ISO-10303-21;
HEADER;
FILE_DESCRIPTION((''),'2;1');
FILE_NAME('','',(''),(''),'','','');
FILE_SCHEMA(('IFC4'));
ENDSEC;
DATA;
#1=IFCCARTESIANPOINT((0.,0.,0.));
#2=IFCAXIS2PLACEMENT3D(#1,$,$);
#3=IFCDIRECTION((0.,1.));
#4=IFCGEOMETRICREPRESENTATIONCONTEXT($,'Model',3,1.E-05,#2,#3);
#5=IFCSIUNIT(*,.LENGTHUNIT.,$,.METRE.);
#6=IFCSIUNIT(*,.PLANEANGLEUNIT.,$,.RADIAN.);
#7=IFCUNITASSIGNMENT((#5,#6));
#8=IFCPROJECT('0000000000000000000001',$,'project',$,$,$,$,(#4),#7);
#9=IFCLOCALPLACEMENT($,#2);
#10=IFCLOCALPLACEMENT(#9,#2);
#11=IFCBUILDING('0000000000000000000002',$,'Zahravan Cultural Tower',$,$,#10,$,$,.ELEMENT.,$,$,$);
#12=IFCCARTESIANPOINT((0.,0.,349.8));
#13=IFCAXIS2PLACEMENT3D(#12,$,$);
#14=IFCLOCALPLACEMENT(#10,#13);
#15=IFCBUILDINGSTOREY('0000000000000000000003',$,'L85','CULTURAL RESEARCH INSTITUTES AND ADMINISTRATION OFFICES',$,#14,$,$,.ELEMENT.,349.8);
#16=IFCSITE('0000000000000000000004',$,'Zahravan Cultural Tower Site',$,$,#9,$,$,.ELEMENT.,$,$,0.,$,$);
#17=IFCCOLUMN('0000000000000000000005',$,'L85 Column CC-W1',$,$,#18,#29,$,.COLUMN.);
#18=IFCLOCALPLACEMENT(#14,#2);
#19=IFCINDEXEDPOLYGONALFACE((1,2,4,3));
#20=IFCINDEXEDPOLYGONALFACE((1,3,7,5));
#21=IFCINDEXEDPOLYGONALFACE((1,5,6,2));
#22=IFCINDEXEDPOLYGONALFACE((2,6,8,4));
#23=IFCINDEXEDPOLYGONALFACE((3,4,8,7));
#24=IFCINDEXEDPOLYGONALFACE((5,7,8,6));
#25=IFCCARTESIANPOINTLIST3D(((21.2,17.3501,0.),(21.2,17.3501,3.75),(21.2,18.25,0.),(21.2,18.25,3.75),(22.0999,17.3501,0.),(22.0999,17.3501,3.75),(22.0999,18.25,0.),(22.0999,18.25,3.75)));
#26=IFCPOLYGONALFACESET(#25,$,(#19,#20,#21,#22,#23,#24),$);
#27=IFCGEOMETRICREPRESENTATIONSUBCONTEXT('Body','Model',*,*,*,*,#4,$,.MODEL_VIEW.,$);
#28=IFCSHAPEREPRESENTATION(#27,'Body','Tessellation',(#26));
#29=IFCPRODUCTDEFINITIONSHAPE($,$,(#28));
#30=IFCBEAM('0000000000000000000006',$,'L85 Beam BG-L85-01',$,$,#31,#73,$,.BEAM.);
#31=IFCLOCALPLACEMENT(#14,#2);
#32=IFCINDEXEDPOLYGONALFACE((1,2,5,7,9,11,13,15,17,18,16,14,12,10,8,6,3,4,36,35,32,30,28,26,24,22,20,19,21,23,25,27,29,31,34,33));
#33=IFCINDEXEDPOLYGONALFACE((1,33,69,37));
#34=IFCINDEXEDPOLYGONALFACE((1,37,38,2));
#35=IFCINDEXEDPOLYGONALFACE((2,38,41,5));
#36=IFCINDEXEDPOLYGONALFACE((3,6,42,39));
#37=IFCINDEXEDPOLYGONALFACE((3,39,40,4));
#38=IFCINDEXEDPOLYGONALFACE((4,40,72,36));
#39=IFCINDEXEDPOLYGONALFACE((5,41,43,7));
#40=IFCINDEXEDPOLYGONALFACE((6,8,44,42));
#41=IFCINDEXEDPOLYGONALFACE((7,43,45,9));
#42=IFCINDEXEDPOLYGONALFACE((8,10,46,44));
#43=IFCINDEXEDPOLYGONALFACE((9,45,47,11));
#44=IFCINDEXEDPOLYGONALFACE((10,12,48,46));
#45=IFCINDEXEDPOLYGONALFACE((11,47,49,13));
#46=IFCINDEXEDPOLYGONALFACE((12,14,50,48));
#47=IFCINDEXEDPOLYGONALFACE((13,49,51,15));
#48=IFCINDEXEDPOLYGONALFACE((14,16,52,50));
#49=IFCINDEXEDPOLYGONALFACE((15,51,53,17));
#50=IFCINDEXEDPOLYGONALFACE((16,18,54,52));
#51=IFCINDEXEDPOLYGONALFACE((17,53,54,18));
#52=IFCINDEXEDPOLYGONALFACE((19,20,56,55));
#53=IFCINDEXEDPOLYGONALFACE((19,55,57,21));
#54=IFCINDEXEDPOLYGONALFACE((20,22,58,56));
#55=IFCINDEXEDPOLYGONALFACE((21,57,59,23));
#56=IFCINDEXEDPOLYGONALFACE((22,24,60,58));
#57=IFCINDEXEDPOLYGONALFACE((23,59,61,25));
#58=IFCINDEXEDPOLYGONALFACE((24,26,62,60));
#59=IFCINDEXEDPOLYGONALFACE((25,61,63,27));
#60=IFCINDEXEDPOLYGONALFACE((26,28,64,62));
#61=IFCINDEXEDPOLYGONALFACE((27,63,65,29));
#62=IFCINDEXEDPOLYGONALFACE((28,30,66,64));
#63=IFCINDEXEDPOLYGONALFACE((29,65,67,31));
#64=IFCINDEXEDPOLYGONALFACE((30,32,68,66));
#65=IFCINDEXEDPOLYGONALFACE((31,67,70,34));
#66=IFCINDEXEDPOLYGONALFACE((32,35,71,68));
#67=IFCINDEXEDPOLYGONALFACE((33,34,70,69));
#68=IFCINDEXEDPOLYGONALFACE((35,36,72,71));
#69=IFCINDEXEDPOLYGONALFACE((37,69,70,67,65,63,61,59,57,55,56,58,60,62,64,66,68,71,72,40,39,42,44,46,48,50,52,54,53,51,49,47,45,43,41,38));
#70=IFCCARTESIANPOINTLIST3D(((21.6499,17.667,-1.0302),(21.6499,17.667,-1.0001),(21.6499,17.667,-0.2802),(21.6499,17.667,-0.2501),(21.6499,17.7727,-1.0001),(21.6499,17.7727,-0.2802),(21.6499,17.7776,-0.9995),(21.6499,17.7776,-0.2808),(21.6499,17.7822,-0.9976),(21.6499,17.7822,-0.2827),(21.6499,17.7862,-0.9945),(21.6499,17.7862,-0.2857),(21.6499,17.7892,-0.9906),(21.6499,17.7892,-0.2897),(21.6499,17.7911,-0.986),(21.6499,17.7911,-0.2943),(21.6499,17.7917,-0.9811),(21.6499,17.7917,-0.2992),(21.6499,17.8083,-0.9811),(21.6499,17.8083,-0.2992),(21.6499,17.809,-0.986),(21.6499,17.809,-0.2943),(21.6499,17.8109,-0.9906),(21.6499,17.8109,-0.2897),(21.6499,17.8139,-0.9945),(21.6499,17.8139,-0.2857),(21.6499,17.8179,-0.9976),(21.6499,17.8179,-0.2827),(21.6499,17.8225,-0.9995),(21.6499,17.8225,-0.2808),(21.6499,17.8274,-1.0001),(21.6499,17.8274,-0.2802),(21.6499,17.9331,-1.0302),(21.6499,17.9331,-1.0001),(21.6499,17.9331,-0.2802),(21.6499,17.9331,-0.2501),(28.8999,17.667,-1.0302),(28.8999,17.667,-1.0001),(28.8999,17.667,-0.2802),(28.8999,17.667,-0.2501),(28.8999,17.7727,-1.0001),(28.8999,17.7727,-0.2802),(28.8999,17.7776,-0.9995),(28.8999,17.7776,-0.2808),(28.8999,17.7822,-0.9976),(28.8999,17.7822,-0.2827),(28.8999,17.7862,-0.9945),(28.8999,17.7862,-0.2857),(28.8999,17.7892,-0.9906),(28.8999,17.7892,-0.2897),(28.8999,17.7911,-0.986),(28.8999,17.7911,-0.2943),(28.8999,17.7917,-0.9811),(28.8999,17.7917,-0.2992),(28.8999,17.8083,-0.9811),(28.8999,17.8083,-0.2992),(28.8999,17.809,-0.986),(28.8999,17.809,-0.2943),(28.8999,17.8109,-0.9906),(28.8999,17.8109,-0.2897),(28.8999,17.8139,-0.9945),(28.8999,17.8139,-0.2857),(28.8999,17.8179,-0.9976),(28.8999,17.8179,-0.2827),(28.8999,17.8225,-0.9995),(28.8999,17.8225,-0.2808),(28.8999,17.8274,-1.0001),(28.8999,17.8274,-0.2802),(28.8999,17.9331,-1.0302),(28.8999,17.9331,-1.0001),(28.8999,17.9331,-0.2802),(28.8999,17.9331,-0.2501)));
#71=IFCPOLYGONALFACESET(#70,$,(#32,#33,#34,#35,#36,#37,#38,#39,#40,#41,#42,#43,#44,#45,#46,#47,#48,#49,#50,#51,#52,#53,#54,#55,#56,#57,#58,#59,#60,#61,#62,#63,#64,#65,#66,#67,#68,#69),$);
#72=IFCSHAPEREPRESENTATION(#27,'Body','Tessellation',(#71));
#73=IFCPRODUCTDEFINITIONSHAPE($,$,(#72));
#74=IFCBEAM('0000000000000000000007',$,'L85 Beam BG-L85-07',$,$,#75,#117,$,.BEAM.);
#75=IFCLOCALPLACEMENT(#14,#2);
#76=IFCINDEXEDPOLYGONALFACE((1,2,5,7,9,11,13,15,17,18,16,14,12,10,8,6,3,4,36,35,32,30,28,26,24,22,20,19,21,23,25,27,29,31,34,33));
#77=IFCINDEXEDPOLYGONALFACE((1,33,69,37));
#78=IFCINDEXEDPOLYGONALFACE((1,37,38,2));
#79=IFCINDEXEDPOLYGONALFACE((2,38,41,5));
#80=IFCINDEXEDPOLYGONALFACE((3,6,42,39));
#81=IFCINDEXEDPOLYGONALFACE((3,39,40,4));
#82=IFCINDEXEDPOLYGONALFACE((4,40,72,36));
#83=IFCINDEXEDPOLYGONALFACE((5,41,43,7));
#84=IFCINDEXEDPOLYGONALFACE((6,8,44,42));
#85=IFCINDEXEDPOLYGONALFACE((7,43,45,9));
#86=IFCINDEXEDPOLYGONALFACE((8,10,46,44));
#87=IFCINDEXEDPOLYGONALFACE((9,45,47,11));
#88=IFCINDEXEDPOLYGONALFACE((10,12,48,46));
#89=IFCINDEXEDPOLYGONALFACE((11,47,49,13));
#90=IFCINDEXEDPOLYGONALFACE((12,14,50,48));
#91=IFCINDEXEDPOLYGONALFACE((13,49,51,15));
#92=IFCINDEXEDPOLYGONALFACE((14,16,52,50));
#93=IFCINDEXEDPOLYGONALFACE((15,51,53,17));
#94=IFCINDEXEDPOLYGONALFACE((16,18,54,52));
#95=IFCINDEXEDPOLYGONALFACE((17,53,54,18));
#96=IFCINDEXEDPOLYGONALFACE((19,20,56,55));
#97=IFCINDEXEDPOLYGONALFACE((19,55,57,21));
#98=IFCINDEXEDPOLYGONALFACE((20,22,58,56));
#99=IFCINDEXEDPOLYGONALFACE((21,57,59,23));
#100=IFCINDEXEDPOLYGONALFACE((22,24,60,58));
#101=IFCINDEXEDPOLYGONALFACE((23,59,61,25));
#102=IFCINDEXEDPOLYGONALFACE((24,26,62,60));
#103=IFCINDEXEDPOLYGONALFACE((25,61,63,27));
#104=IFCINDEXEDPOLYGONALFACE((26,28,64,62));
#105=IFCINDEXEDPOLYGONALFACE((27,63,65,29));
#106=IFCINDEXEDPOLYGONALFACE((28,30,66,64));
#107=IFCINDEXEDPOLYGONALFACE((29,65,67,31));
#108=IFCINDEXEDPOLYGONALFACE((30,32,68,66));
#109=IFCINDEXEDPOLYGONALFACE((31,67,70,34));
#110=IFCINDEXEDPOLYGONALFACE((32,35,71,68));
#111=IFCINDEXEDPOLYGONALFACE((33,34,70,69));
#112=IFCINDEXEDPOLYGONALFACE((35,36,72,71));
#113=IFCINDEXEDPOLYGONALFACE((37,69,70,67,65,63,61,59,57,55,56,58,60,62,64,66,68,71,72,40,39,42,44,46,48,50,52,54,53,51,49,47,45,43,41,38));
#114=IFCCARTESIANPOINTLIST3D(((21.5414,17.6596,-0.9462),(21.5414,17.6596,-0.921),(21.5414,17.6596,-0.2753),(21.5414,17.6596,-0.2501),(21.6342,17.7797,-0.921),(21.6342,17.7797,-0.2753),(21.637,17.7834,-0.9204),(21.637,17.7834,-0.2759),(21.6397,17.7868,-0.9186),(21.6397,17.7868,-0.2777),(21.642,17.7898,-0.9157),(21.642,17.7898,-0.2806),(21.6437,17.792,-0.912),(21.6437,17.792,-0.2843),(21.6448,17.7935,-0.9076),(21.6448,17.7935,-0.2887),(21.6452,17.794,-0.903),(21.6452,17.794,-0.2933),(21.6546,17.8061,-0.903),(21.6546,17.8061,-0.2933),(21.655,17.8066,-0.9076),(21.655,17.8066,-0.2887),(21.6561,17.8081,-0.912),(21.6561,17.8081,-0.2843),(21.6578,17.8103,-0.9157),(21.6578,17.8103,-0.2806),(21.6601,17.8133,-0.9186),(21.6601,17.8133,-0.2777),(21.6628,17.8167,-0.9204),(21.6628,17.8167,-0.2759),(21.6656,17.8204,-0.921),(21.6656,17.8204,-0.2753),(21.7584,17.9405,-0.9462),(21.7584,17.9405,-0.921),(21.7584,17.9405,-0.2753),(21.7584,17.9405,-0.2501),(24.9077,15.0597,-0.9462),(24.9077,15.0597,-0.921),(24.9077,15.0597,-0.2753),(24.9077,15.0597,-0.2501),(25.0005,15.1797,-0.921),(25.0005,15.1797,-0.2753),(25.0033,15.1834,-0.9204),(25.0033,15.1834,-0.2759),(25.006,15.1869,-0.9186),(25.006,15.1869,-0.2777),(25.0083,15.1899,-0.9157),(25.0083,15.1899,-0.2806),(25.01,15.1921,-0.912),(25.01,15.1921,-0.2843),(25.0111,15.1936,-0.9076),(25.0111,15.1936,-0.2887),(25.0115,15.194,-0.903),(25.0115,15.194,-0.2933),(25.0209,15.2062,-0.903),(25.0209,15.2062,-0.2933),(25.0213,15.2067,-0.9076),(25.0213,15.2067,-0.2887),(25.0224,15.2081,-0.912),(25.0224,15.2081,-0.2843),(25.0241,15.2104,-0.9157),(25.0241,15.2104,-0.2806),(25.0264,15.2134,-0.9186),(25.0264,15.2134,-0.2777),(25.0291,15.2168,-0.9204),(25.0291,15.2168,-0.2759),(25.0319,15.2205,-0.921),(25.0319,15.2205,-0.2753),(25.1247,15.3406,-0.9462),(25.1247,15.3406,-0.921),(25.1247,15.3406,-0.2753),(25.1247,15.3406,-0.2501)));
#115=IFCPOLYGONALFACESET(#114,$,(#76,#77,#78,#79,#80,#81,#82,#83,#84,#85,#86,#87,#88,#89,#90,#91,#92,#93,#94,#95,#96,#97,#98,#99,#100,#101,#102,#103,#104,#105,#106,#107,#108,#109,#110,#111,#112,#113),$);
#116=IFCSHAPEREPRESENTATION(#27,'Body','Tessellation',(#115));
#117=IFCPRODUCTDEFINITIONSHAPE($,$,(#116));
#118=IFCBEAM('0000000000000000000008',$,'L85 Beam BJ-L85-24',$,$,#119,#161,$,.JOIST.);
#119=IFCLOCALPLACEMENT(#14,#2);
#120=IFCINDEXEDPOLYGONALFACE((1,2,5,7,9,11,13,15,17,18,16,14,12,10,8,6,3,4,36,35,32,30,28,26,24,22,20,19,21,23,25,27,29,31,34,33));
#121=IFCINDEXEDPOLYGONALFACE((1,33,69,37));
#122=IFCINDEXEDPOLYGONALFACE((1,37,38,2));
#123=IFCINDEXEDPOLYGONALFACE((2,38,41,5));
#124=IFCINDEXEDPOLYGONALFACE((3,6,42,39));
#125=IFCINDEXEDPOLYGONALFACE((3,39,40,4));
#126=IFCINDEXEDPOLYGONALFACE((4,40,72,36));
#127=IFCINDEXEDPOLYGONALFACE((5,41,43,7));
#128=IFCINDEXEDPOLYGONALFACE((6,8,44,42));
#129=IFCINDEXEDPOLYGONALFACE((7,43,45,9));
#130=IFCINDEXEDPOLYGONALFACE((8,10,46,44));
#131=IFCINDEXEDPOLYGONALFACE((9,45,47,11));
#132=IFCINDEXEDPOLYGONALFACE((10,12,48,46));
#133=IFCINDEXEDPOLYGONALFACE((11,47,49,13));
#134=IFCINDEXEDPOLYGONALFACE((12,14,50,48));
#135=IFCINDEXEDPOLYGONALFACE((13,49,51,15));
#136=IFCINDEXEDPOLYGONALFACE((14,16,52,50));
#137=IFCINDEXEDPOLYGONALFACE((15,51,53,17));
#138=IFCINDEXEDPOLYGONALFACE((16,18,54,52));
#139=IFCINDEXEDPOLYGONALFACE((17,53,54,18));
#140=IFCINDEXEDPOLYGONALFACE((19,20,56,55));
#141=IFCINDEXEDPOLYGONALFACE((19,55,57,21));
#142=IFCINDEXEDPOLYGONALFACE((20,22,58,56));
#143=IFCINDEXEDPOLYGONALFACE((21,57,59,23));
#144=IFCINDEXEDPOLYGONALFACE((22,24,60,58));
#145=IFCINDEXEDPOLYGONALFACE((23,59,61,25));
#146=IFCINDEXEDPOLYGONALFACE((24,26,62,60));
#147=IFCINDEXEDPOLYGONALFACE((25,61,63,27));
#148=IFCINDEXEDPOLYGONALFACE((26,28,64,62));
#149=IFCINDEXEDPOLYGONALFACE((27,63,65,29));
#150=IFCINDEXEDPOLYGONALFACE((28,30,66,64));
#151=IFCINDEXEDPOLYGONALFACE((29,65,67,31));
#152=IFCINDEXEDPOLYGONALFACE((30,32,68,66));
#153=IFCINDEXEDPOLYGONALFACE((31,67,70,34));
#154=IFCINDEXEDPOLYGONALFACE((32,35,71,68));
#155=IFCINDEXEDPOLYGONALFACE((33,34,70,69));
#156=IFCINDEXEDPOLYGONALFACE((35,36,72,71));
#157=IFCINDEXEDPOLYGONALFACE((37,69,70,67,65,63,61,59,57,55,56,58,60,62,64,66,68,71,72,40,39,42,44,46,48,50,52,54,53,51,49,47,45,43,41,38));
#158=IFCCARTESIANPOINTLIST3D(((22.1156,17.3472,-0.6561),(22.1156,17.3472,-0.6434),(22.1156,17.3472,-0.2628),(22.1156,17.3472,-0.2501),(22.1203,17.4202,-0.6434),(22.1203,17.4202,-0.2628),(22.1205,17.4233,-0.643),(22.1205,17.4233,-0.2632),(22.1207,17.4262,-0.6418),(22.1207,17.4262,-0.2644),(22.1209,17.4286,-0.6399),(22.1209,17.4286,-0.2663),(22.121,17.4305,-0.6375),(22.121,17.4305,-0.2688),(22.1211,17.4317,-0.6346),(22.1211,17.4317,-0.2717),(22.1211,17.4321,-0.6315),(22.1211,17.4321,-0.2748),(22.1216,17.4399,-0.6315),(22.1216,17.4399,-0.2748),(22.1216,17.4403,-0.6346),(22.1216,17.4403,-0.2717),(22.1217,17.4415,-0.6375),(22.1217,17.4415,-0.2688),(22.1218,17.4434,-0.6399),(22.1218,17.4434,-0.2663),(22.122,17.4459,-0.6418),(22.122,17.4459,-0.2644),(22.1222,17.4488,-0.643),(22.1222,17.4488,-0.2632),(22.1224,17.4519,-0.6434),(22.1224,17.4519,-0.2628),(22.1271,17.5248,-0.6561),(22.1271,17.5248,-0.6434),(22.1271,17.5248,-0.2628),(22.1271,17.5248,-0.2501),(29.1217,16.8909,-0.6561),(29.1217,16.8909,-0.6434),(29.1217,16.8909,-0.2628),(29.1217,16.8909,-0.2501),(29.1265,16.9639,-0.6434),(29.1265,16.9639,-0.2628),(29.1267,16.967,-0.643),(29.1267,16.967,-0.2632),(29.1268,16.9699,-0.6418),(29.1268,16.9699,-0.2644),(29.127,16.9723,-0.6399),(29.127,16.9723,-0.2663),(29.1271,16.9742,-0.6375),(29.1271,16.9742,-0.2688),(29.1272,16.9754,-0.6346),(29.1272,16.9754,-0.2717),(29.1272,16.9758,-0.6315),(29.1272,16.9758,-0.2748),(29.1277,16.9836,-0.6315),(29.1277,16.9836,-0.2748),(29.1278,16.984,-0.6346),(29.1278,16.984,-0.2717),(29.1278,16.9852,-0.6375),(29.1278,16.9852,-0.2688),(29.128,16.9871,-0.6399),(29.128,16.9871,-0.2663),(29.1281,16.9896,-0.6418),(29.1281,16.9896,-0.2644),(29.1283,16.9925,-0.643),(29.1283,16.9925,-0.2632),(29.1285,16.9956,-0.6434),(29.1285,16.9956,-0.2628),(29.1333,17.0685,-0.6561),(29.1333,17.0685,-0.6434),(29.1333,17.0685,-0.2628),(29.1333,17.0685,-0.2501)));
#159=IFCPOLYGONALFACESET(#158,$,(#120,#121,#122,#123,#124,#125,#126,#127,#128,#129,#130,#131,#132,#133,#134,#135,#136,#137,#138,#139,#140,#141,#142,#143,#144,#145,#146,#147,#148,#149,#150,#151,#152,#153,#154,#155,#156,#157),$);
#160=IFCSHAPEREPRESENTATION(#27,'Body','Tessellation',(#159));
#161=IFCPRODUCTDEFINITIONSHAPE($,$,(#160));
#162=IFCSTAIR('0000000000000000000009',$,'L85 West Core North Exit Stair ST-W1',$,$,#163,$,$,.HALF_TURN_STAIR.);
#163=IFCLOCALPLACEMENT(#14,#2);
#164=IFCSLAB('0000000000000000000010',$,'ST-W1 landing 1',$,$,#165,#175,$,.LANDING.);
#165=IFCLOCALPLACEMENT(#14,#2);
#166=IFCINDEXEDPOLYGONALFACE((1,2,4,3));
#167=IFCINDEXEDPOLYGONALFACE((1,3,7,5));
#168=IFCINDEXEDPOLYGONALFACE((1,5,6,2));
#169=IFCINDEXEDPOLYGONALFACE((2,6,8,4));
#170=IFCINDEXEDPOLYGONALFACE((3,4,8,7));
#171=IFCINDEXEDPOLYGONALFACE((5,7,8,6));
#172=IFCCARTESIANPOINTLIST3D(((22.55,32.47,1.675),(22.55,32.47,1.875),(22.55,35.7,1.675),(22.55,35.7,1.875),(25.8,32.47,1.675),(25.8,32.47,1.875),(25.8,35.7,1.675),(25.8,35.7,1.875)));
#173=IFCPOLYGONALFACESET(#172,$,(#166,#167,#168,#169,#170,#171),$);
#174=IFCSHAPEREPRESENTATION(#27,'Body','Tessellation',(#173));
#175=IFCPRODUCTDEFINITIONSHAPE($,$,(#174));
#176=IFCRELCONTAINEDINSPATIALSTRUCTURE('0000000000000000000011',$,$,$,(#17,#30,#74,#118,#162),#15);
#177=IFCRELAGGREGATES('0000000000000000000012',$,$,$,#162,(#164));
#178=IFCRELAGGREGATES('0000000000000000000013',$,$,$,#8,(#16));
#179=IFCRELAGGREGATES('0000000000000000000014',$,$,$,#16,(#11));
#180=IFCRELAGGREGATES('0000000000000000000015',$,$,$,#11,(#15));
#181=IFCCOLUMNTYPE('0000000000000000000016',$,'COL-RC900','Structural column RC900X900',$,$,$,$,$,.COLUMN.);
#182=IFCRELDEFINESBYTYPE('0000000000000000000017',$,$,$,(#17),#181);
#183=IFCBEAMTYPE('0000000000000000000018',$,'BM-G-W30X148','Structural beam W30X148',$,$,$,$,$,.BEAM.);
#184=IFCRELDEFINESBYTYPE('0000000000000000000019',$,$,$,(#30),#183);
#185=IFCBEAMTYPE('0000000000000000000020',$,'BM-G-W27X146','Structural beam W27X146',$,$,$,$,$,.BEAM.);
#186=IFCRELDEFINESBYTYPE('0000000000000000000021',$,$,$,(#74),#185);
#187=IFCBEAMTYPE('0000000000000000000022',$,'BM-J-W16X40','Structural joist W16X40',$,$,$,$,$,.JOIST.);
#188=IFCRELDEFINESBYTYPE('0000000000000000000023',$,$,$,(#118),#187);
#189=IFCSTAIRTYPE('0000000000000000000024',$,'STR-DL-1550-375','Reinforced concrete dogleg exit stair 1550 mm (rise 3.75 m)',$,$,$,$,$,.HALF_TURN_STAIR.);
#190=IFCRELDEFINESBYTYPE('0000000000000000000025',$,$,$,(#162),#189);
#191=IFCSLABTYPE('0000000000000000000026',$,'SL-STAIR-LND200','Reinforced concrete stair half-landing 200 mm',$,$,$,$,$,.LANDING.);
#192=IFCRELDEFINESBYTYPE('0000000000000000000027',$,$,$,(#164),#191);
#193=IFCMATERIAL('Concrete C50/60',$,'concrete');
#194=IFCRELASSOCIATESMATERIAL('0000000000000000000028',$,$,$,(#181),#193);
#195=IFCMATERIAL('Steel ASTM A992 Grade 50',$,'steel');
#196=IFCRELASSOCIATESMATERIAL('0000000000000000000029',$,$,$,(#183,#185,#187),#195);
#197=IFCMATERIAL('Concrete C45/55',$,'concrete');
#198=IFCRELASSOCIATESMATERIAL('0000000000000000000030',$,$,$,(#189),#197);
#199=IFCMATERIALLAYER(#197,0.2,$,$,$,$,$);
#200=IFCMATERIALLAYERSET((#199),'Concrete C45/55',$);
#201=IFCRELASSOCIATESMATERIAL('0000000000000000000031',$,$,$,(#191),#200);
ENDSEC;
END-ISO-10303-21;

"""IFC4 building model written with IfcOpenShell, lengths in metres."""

from ifc_helpers import new_model, si_unit, direction, frame, origin, origin_2d, place, context, subcontext, project, spatial, polyline, rectangle, i_section, outline, extrude, source, transform, mapped, material, layer, layer_set, material_profile, profile_set, type_object, element, aggregate, save


model = new_model("IFC4")

# Units and contexts
model_context = context("Model", 3, precision=1e-05, world=origin(), true_north=direction((0.0, 1.0)))
body_context = subcontext(model_context, "Body", "Model", "MODEL_VIEW")
ifc_project = project(units=[si_unit("LENGTHUNIT", "METRE"), si_unit("PLANEANGLEUNIT", "RADIAN")], contexts=[model_context])

# Site, building, storey
site_placement = place(None, origin())
site = spatial("IfcSite", under=ifc_project, at=site_placement, Name="Zahravan Cultural Tower Site", CompositionType="ELEMENT", RefElevation=0.0)
building_placement = place(site_placement, origin())
building = spatial("IfcBuilding", under=site, at=building_placement, Name="Zahravan Cultural Tower", CompositionType="ELEMENT")
storey_placement = place(building_placement, frame((0.0, 0.0, 349.8)))
storey = spatial("IfcBuildingStorey", under=building, at=storey_placement, Name="L85", Description="CULTURAL RESEARCH INSTITUTES AND ADMINISTRATION OFFICES", CompositionType="ELEMENT", Elevation=349.8)

# Column
ifc_material_1 = material(Name="Concrete C50/60", Category="concrete")
ifc_material_profile_1 = material_profile(ifc_material_1, rectangle(XDim=0.8999, YDim=0.8999, at=origin_2d()), Name="RC900X900")
ifc_profile_set_1 = profile_set([ifc_material_profile_1], Name="Concrete C50/60")
column_type = type_object("IfcColumnType", Name="COL-RC900", Description="Structural column RC900X900", PredefinedType="COLUMN", material=ifc_profile_set_1)
shared_shape_1 = source(origin(), body_context, "Body", "SweptSolid", [
    extrude(rectangle(XDim=0.8999, YDim=0.8999, at=origin_2d()), origin(), (0.0, 0.0, 1.0), 3.75),
])
column_placement = place(storey_placement, frame((21.6499, 17.8, 0.0), z_axis=(0.0, 0.0, 1.0), x_axis=(1.0, 0.0, 0.0)))
element("IfcColumn", 1, at=column_placement, inside=storey, type_object=column_type, Name="L85 Column CC-W1", PredefinedType="COLUMN", context=body_context, shape_type="MappedRepresentation", body=[
    mapped(shared_shape_1, transform((0.0, 0.0, 0.0), x_axis=(1.0, 0.0, 0.0), y_axis=(0.0, 1.0, 0.0), z_axis=(0.0, 0.0, 1.0), scale=1.0)),
])

# Beams
ifc_material_2 = material(Name="Steel ASTM A992 Grade 50", Category="steel")
ifc_material_profile_2 = material_profile(ifc_material_2, i_section(OverallWidth=0.2661, OverallDepth=0.78, WebThickness=0.0166, FlangeThickness=0.03, FilletRadius=0.019, at=origin_2d()), Name="W30X148")
ifc_profile_set_2 = profile_set([ifc_material_profile_2], Name="Steel ASTM A992 Grade 50")
beam_type_1 = type_object("IfcBeamType", Name="BM-G-W30X148", Description="Structural beam W30X148", PredefinedType="BEAM", material=ifc_profile_set_2)
shared_shape_2 = source(origin(), body_context, "Body", "SweptSolid", [
    extrude(i_section(OverallWidth=0.2661, OverallDepth=0.78, WebThickness=0.0166, FlangeThickness=0.03, FilletRadius=0.019, at=origin_2d()), origin(), (0.0, 0.0, 1.0), 7.25),
])
beam_1_placement = place(storey_placement, frame((21.6499, 17.8, -0.6401), z_axis=(1.0, 0.0, 0.0), x_axis=(0.0, 1.0, 0.0)))
element("IfcBeam", 2, at=beam_1_placement, inside=storey, type_object=beam_type_1, Name="L85 Beam BG-L85-01", PredefinedType="BEAM", context=body_context, shape_type="MappedRepresentation", body=[
    mapped(shared_shape_2, transform((0.0, 0.0, 0.0), x_axis=(1.0, 0.0, 0.0), y_axis=(0.0, 1.0, 0.0), z_axis=(0.0, 0.0, 1.0), scale=1.0)),
])
ifc_material_profile_3 = material_profile(ifc_material_2, i_section(OverallWidth=0.355, OverallDepth=0.696, WebThickness=0.0154, FlangeThickness=0.0251, FilletRadius=0.0181, at=origin_2d()), Name="W27X146")
ifc_profile_set_3 = profile_set([ifc_material_profile_3], Name="Steel ASTM A992 Grade 50")
beam_type_2 = type_object("IfcBeamType", Name="BM-G-W27X146", Description="Structural beam W27X146", PredefinedType="BEAM", material=ifc_profile_set_3)
shared_shape_3 = source(origin(), body_context, "Body", "SweptSolid", [
    extrude(i_section(OverallWidth=0.355, OverallDepth=0.696, WebThickness=0.0154, FlangeThickness=0.0251, FilletRadius=0.0181, at=origin_2d()), origin(), (0.0, 0.0, 1.0), 4.2534),
])
beam_2_placement = place(storey_placement, frame((21.6499, 17.8, -0.5981), z_axis=(0.791434, -0.611255, 0.0), x_axis=(0.611255, 0.791434, 0.0)))
element("IfcBeam", 3, at=beam_2_placement, inside=storey, type_object=beam_type_2, Name="L85 Beam BG-L85-07", PredefinedType="BEAM", context=body_context, shape_type="MappedRepresentation", body=[
    mapped(shared_shape_3, transform((0.0, 0.0, 0.0), x_axis=(1.0, 0.0, 0.0), y_axis=(0.0, 1.0, 0.0), z_axis=(0.0, 0.0, 1.0), scale=1.0)),
])
ifc_material_profile_4 = material_profile(ifc_material_2, i_section(OverallWidth=0.178, OverallDepth=0.406, WebThickness=0.0078, FlangeThickness=0.0127, FilletRadius=0.012, at=origin_2d()), Name="W16X40")
ifc_profile_set_4 = profile_set([ifc_material_profile_4], Name="Steel ASTM A992 Grade 50")
beam_type_3 = type_object("IfcBeamType", Name="BM-J-W16X40", Description="Structural joist W16X40", PredefinedType="JOIST", material=ifc_profile_set_4)
shared_shape_4 = source(origin(), body_context, "Body", "SweptSolid", [
    extrude(i_section(OverallWidth=0.178, OverallDepth=0.406, WebThickness=0.0078, FlangeThickness=0.0127, FilletRadius=0.012, at=origin_2d()), origin(), (0.0, 0.0, 1.0), 7.021),
])
beam_3_placement = place(storey_placement, frame((22.1213, 17.436, -0.4531), z_axis=(0.997886, -0.064991, 0.0), x_axis=(0.064991, 0.997886, 0.0)))
element("IfcBeam", 4, at=beam_3_placement, inside=storey, type_object=beam_type_3, Name="L85 Beam BJ-L85-24", PredefinedType="JOIST", context=body_context, shape_type="MappedRepresentation", body=[
    mapped(shared_shape_4, transform((0.0, 0.0, 0.0), x_axis=(1.0, 0.0, 0.0), y_axis=(0.0, 1.0, 0.0), z_axis=(0.0, 0.0, 1.0), scale=1.0)),
])

# Stair, slab
ifc_material_3 = material(Name="Concrete C45/55", Category="concrete")
stair_type = type_object("IfcStairType", Name="STR-DL-1550-375", Description="Reinforced concrete dogleg exit stair 1550 mm (rise 3.75 m)", PredefinedType="HALF_TURN_STAIR", material=ifc_material_3)
stair_1_placement = place(storey_placement, origin())
stair_1 = element("IfcStair", 5, at=stair_1_placement, inside=storey, type_object=stair_type, Name="L85 West Core North Exit Stair ST-W1", PredefinedType="HALF_TURN_STAIR")
ifc_layer_1 = layer(ifc_material_3, 0.2)
ifc_layer_set_1 = layer_set([ifc_layer_1], Name="Concrete C45/55")
slab_type_1 = type_object("IfcSlabType", Name="SL-STAIR-LND200", Description="Reinforced concrete stair half-landing 200 mm", PredefinedType="LANDING", material=ifc_layer_set_1)
slab_1_placement = place(storey_placement, frame((0.0, 0.0, 1.675)))
slab_1 = element("IfcSlab", 6, at=slab_1_placement, type_object=slab_type_1, Name="ST-W1 landing 1", PredefinedType="LANDING", context=body_context, shape_type="SweptSolid", body=[
    extrude(outline(polyline([(25.8, 32.47), (25.8, 35.7), (22.55, 35.7), (22.55, 32.47), (25.8, 32.47)])), origin(), (0.0, 0.0, 1.0), 0.2),
])
aggregate(stair_1, [slab_1])

save(model, "model.ifc")
